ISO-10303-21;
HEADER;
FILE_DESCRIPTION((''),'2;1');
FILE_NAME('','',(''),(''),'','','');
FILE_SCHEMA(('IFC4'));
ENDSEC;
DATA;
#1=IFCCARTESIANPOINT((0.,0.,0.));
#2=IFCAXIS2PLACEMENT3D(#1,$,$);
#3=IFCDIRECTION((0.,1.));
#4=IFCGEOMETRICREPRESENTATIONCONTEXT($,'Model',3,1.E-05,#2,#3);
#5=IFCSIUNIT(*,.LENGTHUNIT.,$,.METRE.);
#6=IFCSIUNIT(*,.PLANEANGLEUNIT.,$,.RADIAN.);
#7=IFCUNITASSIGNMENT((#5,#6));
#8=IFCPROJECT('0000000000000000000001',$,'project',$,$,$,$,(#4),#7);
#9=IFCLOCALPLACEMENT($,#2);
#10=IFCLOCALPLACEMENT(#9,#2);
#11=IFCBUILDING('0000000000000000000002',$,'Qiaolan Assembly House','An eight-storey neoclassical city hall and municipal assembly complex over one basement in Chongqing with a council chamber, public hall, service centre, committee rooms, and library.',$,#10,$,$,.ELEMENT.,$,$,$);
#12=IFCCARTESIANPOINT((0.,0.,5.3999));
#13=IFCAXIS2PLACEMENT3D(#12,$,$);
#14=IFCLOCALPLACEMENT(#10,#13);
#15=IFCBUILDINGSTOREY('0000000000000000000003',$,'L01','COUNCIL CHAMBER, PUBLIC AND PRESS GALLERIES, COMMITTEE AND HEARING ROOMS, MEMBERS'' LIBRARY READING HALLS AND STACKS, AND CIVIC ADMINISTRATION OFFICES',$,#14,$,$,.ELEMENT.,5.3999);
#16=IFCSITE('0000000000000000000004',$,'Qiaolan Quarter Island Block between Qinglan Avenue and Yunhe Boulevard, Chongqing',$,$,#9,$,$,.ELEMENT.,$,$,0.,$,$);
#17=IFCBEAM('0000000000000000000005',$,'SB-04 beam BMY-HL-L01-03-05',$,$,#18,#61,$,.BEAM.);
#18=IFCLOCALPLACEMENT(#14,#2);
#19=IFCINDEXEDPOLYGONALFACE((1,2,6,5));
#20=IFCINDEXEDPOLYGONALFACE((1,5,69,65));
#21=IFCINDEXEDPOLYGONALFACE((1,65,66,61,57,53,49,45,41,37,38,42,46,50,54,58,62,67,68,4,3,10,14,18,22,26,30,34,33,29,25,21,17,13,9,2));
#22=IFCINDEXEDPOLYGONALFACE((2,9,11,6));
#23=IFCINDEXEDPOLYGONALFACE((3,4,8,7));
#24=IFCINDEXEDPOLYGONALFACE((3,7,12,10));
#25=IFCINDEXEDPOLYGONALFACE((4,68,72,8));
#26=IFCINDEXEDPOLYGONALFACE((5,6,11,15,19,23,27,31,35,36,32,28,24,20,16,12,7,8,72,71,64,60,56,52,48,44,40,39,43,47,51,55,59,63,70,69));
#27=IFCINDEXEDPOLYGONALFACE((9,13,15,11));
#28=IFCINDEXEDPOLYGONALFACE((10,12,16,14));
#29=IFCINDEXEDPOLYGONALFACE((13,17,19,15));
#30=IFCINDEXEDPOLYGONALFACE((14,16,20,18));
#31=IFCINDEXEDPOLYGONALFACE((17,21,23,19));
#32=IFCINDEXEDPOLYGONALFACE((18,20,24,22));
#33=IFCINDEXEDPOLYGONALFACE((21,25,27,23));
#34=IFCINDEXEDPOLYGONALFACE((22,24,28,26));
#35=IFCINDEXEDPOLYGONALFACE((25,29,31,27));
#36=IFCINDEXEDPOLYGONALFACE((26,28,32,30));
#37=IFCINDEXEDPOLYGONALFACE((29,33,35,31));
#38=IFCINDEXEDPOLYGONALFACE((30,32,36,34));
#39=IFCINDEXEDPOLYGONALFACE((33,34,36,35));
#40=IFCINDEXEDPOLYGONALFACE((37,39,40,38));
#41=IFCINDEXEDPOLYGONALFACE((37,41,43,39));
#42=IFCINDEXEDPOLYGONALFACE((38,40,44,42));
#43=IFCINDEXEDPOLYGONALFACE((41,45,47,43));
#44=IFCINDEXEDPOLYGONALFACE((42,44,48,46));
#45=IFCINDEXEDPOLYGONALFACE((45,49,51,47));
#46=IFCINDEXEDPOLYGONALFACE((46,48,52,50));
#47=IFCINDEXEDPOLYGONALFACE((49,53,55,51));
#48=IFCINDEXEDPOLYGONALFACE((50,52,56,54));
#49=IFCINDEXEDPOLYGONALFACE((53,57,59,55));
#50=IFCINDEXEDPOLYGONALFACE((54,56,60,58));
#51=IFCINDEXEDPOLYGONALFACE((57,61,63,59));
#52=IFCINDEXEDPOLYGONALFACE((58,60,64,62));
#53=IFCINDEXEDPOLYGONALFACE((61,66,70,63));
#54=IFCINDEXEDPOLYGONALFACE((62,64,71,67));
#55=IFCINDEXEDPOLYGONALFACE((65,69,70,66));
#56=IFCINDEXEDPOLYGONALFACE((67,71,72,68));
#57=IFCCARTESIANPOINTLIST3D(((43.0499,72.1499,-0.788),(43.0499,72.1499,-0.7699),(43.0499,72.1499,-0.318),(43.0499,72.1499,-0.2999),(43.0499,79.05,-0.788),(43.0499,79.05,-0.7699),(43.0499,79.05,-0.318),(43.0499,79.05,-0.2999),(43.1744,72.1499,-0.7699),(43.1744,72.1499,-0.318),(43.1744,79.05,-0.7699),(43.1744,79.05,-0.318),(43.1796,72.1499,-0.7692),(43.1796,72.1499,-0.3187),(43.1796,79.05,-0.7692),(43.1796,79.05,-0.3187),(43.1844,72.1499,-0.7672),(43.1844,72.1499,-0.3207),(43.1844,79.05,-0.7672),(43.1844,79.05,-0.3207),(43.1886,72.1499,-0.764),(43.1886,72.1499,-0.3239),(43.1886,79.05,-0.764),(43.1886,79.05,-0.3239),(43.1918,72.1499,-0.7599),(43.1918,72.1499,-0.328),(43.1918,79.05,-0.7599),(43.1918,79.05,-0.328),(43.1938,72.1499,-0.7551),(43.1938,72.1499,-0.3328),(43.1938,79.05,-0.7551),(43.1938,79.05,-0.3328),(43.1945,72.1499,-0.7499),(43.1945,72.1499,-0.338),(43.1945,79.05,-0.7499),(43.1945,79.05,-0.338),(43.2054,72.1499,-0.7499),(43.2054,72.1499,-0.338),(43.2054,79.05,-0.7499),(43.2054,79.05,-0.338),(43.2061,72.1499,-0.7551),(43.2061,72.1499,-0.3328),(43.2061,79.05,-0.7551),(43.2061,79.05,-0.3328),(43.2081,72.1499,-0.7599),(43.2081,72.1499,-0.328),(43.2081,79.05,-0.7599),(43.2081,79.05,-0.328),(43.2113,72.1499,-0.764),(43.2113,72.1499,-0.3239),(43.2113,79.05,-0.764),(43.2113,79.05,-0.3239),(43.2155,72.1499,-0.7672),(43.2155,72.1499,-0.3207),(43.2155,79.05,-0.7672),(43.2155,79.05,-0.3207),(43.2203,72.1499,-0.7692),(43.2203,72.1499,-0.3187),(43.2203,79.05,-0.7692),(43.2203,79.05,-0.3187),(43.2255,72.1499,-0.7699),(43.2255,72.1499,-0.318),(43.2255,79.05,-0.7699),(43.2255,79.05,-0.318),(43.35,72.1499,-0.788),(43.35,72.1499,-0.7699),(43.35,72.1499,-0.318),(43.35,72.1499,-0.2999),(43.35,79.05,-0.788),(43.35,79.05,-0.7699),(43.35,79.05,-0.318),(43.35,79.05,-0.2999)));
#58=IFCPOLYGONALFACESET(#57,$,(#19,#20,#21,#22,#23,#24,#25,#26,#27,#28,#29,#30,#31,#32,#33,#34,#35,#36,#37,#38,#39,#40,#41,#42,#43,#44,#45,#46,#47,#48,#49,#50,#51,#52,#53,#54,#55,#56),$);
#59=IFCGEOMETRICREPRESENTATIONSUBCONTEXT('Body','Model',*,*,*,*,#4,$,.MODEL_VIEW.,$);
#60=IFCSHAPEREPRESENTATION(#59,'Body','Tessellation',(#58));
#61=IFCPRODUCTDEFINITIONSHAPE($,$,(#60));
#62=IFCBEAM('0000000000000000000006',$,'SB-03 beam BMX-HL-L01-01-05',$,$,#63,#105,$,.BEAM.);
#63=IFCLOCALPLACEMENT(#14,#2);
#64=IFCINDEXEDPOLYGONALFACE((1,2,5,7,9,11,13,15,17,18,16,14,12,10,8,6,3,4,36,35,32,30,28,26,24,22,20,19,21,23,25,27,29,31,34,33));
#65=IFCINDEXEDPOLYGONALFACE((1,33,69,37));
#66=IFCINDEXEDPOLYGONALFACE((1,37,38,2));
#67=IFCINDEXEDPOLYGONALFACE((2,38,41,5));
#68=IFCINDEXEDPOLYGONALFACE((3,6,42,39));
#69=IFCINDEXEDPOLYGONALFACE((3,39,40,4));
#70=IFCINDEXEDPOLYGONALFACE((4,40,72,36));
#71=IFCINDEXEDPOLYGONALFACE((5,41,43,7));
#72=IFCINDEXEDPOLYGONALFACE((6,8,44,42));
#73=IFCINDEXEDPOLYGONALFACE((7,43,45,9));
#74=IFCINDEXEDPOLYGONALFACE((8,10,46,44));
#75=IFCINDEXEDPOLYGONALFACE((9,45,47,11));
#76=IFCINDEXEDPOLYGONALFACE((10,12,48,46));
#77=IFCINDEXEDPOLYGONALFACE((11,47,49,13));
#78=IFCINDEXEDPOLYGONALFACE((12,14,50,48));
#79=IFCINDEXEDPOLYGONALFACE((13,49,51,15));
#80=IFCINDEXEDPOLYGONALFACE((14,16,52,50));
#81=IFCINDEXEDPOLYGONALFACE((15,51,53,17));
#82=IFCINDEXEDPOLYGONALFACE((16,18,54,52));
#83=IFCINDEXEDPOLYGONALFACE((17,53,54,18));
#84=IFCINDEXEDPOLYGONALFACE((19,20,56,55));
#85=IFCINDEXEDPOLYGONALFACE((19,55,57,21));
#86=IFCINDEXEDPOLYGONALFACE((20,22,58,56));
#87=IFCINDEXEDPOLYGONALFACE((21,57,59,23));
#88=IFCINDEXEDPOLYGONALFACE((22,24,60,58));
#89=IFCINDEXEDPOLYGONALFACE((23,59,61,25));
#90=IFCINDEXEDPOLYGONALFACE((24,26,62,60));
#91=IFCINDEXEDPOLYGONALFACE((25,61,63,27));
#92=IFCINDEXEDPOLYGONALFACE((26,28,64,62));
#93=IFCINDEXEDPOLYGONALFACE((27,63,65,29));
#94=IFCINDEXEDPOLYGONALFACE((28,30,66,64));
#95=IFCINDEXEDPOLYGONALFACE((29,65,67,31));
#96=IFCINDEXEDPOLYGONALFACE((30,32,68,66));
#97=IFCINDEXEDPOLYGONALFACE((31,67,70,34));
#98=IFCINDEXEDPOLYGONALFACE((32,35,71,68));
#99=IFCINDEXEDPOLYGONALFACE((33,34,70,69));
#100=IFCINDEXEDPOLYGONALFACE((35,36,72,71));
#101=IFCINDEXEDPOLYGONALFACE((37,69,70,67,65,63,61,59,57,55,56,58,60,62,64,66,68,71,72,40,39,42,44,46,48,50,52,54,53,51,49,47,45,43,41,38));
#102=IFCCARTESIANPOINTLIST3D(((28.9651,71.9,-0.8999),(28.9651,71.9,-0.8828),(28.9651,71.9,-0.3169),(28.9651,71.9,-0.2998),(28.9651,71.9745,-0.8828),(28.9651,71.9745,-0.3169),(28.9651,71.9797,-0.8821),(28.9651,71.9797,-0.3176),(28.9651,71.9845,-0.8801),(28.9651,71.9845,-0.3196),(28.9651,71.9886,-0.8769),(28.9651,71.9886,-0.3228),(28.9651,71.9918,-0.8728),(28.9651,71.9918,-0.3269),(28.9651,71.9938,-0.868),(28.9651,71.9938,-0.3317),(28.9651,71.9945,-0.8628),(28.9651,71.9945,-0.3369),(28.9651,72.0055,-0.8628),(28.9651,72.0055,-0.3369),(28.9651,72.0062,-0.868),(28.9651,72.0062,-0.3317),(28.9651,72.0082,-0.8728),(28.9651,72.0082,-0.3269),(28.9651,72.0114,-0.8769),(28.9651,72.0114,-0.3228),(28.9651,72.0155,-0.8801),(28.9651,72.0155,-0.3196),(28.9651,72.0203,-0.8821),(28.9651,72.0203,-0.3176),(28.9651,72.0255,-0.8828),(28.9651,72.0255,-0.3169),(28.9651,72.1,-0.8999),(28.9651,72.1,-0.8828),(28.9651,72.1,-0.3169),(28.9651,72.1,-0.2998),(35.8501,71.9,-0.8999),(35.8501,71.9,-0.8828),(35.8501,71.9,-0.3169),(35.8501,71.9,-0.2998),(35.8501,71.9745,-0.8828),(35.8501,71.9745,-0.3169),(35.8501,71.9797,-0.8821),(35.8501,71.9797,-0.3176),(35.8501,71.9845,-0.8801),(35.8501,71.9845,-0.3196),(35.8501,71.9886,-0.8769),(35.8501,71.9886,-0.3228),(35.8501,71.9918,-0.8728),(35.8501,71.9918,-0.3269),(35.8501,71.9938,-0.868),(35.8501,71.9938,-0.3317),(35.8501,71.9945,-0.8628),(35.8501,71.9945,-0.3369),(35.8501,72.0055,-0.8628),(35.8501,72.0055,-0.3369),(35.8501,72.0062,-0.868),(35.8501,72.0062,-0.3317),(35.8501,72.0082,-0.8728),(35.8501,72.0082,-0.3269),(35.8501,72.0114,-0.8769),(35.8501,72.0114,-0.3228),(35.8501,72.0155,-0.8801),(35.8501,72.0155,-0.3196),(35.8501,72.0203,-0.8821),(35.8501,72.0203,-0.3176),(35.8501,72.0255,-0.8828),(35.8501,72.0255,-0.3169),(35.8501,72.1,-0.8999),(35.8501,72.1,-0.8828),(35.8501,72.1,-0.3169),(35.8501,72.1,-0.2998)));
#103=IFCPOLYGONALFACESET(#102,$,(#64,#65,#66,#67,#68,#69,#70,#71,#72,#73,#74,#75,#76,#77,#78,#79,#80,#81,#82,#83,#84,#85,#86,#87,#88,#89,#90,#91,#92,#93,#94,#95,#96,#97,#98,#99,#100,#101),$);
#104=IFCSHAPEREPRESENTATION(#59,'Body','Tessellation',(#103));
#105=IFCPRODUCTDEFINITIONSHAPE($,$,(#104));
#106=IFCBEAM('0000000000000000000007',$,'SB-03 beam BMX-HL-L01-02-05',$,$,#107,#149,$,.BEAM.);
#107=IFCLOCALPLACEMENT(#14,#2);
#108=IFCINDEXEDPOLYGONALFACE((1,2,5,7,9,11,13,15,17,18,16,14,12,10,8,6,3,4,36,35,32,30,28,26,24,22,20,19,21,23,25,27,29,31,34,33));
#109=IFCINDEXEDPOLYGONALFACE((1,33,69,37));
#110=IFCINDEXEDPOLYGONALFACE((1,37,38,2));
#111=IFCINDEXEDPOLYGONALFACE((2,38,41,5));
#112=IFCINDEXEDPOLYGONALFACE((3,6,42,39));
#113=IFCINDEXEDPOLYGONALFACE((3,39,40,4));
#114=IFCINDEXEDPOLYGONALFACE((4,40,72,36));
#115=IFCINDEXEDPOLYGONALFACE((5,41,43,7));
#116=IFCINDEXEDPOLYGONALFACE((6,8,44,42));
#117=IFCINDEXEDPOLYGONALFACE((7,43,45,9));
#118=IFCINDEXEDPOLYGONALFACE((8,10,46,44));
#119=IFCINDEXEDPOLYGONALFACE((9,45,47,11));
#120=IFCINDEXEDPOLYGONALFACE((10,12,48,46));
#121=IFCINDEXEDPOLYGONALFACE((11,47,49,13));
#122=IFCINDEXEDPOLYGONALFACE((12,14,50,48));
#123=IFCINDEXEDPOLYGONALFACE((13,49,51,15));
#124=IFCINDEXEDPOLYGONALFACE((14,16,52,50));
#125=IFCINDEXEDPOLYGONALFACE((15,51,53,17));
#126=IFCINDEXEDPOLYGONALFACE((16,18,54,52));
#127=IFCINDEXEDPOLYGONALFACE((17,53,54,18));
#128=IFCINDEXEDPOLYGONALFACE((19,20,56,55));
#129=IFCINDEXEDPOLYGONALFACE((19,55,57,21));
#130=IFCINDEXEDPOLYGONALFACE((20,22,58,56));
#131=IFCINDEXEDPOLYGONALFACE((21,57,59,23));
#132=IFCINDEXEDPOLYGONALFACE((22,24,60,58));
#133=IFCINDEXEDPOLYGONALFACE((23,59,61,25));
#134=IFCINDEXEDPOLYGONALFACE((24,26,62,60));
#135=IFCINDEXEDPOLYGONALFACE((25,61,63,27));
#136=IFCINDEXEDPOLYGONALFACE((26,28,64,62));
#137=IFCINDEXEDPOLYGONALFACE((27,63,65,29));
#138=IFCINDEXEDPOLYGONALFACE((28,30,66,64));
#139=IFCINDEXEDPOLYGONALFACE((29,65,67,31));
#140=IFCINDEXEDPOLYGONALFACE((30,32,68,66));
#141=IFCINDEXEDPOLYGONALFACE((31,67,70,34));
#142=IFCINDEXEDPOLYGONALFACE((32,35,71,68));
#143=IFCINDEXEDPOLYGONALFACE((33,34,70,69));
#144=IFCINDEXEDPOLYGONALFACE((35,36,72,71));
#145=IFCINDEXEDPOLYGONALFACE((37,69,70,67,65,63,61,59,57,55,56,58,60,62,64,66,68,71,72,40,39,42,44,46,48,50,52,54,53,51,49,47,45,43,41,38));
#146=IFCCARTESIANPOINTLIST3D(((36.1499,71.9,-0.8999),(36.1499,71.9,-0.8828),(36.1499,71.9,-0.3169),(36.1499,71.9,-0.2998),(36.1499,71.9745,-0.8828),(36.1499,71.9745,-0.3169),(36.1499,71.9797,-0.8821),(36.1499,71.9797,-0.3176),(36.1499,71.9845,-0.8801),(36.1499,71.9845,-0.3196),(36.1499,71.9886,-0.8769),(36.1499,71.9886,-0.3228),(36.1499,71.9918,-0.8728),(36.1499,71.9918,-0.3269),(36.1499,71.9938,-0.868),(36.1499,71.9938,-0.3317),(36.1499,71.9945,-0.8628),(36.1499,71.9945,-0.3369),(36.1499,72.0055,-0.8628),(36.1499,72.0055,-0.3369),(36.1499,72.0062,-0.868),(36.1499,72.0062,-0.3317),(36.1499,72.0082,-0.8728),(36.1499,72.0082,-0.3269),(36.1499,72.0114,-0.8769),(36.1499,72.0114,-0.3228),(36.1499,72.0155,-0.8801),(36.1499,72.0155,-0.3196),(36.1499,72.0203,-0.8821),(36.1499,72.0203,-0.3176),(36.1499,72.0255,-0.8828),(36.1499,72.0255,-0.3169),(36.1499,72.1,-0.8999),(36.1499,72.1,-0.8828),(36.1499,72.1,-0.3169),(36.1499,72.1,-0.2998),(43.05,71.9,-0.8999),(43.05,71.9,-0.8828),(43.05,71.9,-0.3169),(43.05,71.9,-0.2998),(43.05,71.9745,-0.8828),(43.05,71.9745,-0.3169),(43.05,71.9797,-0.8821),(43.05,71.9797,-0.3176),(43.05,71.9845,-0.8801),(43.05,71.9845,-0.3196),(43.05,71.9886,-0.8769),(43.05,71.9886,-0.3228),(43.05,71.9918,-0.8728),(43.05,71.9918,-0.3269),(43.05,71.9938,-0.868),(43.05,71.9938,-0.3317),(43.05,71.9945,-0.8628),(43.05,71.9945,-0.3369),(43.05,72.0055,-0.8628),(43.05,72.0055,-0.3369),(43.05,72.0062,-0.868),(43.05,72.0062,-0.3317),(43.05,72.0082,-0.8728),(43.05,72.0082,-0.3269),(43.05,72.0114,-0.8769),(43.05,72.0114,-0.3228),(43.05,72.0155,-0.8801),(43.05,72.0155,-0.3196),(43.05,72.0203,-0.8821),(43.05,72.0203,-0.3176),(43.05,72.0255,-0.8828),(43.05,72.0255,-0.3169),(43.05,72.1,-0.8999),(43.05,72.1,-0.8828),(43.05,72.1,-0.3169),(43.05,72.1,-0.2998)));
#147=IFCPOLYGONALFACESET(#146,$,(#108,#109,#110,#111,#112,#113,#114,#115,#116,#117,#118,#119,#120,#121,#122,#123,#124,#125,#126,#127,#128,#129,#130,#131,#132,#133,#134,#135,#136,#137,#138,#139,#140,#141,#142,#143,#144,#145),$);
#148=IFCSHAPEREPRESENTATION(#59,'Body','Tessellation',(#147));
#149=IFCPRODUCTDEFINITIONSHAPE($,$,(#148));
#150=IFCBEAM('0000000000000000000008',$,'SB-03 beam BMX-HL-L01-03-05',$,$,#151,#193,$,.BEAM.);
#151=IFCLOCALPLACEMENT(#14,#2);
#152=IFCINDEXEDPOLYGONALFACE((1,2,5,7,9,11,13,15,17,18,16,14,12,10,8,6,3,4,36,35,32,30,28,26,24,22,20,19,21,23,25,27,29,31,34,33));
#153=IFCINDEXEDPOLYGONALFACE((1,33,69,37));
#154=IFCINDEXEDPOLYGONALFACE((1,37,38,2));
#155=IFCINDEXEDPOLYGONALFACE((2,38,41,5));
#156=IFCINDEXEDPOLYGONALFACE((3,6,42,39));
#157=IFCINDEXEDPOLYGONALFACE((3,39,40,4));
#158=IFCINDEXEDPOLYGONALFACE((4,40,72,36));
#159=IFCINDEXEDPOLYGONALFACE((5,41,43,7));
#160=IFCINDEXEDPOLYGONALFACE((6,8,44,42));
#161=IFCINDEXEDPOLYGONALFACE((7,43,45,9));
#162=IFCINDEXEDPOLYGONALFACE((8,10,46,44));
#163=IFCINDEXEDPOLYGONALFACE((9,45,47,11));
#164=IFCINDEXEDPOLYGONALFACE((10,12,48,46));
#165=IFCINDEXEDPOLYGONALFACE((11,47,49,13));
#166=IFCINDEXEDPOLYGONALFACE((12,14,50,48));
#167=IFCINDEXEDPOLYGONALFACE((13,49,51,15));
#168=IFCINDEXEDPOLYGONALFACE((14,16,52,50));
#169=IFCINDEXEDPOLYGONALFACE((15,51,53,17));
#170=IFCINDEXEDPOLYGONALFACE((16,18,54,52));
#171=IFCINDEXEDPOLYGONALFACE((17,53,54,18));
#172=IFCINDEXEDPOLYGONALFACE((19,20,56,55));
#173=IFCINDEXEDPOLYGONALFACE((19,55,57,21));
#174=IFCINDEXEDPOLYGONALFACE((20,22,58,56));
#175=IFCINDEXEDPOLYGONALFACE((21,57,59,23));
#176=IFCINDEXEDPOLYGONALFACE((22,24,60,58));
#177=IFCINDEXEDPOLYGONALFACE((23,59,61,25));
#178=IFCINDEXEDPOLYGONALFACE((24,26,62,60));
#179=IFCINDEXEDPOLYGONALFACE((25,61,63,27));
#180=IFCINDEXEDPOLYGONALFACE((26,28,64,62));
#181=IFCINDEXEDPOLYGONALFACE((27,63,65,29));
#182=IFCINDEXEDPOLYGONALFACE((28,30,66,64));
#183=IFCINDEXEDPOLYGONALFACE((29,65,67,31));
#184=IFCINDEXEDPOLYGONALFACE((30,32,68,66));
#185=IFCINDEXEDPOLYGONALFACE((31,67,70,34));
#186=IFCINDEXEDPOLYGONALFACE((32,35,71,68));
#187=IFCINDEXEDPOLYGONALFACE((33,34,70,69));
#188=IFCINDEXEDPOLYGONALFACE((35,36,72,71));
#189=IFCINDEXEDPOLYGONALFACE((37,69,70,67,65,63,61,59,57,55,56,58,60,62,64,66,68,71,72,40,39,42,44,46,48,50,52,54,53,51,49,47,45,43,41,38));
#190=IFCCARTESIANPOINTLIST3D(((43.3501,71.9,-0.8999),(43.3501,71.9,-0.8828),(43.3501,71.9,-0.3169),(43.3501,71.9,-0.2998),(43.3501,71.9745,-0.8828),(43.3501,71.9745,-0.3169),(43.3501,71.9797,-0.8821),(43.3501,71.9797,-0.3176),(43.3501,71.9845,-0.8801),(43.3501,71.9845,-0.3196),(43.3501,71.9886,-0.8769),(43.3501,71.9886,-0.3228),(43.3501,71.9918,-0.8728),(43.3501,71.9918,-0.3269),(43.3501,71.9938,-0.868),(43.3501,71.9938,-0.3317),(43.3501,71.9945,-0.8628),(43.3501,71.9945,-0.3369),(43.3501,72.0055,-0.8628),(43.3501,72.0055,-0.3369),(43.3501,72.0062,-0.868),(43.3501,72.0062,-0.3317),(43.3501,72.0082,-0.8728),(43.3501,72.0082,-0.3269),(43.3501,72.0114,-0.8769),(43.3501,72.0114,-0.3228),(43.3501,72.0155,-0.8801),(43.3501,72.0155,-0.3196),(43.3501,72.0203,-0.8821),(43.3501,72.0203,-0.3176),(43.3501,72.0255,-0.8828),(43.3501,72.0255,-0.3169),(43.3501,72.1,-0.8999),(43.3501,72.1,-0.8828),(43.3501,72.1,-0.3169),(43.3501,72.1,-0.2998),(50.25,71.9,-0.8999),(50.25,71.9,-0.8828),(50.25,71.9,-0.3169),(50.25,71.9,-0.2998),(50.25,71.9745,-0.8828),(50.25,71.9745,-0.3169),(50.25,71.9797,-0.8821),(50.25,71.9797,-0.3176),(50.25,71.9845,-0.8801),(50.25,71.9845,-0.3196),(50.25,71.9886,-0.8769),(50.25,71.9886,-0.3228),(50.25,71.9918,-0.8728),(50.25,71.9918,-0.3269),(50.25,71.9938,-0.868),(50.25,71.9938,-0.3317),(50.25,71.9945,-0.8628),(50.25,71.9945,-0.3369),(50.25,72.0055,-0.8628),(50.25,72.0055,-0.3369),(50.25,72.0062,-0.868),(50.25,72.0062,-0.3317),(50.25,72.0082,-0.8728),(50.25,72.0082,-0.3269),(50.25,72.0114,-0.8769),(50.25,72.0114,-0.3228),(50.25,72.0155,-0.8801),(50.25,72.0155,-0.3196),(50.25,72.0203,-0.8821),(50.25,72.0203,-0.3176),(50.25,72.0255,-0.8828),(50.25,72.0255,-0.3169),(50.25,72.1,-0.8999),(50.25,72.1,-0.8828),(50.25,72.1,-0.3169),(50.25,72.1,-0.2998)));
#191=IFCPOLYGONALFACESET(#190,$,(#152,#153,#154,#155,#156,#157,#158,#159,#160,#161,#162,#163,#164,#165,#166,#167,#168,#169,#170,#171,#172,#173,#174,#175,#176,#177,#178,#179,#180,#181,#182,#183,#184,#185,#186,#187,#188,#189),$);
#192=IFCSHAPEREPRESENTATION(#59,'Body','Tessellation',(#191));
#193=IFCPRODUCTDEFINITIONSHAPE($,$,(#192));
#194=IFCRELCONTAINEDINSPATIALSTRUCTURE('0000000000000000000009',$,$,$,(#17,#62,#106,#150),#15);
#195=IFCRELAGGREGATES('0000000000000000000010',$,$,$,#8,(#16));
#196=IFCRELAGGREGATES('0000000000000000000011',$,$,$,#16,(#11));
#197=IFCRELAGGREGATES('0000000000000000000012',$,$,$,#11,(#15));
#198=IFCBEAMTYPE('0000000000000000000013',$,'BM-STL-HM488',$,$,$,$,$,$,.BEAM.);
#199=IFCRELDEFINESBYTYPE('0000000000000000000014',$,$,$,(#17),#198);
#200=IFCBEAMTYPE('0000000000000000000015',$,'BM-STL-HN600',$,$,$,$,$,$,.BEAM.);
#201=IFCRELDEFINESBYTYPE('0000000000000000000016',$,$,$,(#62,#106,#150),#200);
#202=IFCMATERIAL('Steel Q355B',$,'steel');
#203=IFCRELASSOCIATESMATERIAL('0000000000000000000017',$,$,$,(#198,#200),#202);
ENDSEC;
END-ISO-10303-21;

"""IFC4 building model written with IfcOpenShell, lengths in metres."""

from ifc_helpers import new_model, si_unit, direction, frame, origin, origin_2d, place, context, subcontext, project, spatial, i_section, extrude, material, material_profile, profile_set, type_object, element, save


model = new_model("IFC4")

# Units and contexts
model_context = context("Model", 3, precision=1e-05, world=origin(), true_north=direction((0.0, 1.0)))
body_context = subcontext(model_context, "Body", "Model", "MODEL_VIEW")
ifc_project = project(units=[si_unit("LENGTHUNIT", "METRE"), si_unit("PLANEANGLEUNIT", "RADIAN")], contexts=[model_context])

# Site, building, storey
site_placement = place(None, origin())
site = spatial("IfcSite", under=ifc_project, at=site_placement, Name="Qiaolan Quarter Island Block between Qinglan Avenue and Yunhe Boulevard, Chongqing", CompositionType="ELEMENT", RefElevation=0.0)
building_placement = place(site_placement, origin())
building = spatial("IfcBuilding", under=site, at=building_placement, Name="Qiaolan Assembly House", Description="An eight-storey neoclassical city hall and municipal assembly complex over one basement in Chongqing with a council chamber, public hall, service centre, committee rooms, and library.", CompositionType="ELEMENT")
storey_placement = place(building_placement, frame((0.0, 0.0, 5.3999)))
storey = spatial("IfcBuildingStorey", under=building, at=storey_placement, Name="L01", Description="COUNCIL CHAMBER, PUBLIC AND PRESS GALLERIES, COMMITTEE AND HEARING ROOMS, MEMBERS' LIBRARY READING HALLS AND STACKS, AND CIVIC ADMINISTRATION OFFICES", CompositionType="ELEMENT", Elevation=5.3999)

# Shared definitions
ifc_material_1 = material(Name="Steel Q355B", Category="steel")

# Beams
ifc_material_profile_1 = material_profile(ifc_material_1, i_section(OverallWidth=0.3, OverallDepth=0.488, WebThickness=0.011, FlangeThickness=0.0181, FilletRadius=0.02, at=origin_2d()), Name="HM 488x300x11x18")
ifc_profile_set_1 = profile_set([ifc_material_profile_1], Name="Steel Q355B")
beam_type_1 = type_object("IfcBeamType", Name="BM-STL-HM488", PredefinedType="BEAM", material=ifc_profile_set_1)
for number, where, z_axis, x_axis, name in (
    (1, (43.2, 72.1499, -0.5439), (0.0, 1.0, 0.0), (-1.0, 0.0, 0.0), "SB-04 beam BMY-HL-L01-03-05"),
):
    element("IfcBeam", number, at=place(storey_placement, frame(where, z_axis=z_axis, x_axis=x_axis)), inside=storey, type_object=beam_type_1, Name=name, PredefinedType="BEAM", context=body_context, shape_type="SweptSolid", body=[
        extrude(i_section(OverallWidth=0.3, OverallDepth=0.488, WebThickness=0.011, FlangeThickness=0.0181, FilletRadius=0.02, at=origin_2d()), origin(), (0.0, 0.0, 1.0), 6.9001),
    ])
ifc_material_profile_2 = material_profile(ifc_material_1, i_section(OverallWidth=0.2, OverallDepth=0.6001, WebThickness=0.011, FlangeThickness=0.0171, FilletRadius=0.02, at=origin_2d()), Name="HN 600x200x11x17")
ifc_profile_set_2 = profile_set([ifc_material_profile_2], Name="Steel Q355B")
beam_type_2 = type_object("IfcBeamType", Name="BM-STL-HN600", PredefinedType="BEAM", material=ifc_profile_set_2)
beam_1_placement = place(storey_placement, frame((28.9651, 72.0, -0.5999), z_axis=(1.0, 0.0, 0.0), x_axis=(0.0, 1.0, 0.0)))
element("IfcBeam", 2, at=beam_1_placement, inside=storey, type_object=beam_type_2, Name="SB-03 beam BMX-HL-L01-01-05", PredefinedType="BEAM", context=body_context, shape_type="SweptSolid", body=[
    extrude(i_section(OverallWidth=0.2, OverallDepth=0.6001, WebThickness=0.011, FlangeThickness=0.0171, FilletRadius=0.02, at=origin_2d()), origin(), (0.0, 0.0, 1.0), 6.885),
])
beam_2_placement = place(storey_placement, frame((36.1499, 72.0, -0.5999), z_axis=(1.0, 0.0, 0.0), x_axis=(0.0, 1.0, 0.0)))
element("IfcBeam", 3, at=beam_2_placement, inside=storey, type_object=beam_type_2, Name="SB-03 beam BMX-HL-L01-02-05", PredefinedType="BEAM", context=body_context, shape_type="SweptSolid", body=[
    extrude(i_section(OverallWidth=0.2, OverallDepth=0.6001, WebThickness=0.011, FlangeThickness=0.0171, FilletRadius=0.02, at=origin_2d()), origin(), (0.0, 0.0, 1.0), 6.9001),
])
beam_3_placement = place(storey_placement, frame((43.3501, 72.0, -0.5999), z_axis=(1.0, 0.0, 0.0), x_axis=(0.0, 1.0, 0.0)))
element("IfcBeam", 4, at=beam_3_placement, inside=storey, type_object=beam_type_2, Name="SB-03 beam BMX-HL-L01-03-05", PredefinedType="BEAM", context=body_context, shape_type="SweptSolid", body=[
    extrude(i_section(OverallWidth=0.2, OverallDepth=0.6001, WebThickness=0.011, FlangeThickness=0.0171, FilletRadius=0.02, at=origin_2d()), origin(), (0.0, 0.0, 1.0), 6.8999),
])

save(model, "model.ifc")
